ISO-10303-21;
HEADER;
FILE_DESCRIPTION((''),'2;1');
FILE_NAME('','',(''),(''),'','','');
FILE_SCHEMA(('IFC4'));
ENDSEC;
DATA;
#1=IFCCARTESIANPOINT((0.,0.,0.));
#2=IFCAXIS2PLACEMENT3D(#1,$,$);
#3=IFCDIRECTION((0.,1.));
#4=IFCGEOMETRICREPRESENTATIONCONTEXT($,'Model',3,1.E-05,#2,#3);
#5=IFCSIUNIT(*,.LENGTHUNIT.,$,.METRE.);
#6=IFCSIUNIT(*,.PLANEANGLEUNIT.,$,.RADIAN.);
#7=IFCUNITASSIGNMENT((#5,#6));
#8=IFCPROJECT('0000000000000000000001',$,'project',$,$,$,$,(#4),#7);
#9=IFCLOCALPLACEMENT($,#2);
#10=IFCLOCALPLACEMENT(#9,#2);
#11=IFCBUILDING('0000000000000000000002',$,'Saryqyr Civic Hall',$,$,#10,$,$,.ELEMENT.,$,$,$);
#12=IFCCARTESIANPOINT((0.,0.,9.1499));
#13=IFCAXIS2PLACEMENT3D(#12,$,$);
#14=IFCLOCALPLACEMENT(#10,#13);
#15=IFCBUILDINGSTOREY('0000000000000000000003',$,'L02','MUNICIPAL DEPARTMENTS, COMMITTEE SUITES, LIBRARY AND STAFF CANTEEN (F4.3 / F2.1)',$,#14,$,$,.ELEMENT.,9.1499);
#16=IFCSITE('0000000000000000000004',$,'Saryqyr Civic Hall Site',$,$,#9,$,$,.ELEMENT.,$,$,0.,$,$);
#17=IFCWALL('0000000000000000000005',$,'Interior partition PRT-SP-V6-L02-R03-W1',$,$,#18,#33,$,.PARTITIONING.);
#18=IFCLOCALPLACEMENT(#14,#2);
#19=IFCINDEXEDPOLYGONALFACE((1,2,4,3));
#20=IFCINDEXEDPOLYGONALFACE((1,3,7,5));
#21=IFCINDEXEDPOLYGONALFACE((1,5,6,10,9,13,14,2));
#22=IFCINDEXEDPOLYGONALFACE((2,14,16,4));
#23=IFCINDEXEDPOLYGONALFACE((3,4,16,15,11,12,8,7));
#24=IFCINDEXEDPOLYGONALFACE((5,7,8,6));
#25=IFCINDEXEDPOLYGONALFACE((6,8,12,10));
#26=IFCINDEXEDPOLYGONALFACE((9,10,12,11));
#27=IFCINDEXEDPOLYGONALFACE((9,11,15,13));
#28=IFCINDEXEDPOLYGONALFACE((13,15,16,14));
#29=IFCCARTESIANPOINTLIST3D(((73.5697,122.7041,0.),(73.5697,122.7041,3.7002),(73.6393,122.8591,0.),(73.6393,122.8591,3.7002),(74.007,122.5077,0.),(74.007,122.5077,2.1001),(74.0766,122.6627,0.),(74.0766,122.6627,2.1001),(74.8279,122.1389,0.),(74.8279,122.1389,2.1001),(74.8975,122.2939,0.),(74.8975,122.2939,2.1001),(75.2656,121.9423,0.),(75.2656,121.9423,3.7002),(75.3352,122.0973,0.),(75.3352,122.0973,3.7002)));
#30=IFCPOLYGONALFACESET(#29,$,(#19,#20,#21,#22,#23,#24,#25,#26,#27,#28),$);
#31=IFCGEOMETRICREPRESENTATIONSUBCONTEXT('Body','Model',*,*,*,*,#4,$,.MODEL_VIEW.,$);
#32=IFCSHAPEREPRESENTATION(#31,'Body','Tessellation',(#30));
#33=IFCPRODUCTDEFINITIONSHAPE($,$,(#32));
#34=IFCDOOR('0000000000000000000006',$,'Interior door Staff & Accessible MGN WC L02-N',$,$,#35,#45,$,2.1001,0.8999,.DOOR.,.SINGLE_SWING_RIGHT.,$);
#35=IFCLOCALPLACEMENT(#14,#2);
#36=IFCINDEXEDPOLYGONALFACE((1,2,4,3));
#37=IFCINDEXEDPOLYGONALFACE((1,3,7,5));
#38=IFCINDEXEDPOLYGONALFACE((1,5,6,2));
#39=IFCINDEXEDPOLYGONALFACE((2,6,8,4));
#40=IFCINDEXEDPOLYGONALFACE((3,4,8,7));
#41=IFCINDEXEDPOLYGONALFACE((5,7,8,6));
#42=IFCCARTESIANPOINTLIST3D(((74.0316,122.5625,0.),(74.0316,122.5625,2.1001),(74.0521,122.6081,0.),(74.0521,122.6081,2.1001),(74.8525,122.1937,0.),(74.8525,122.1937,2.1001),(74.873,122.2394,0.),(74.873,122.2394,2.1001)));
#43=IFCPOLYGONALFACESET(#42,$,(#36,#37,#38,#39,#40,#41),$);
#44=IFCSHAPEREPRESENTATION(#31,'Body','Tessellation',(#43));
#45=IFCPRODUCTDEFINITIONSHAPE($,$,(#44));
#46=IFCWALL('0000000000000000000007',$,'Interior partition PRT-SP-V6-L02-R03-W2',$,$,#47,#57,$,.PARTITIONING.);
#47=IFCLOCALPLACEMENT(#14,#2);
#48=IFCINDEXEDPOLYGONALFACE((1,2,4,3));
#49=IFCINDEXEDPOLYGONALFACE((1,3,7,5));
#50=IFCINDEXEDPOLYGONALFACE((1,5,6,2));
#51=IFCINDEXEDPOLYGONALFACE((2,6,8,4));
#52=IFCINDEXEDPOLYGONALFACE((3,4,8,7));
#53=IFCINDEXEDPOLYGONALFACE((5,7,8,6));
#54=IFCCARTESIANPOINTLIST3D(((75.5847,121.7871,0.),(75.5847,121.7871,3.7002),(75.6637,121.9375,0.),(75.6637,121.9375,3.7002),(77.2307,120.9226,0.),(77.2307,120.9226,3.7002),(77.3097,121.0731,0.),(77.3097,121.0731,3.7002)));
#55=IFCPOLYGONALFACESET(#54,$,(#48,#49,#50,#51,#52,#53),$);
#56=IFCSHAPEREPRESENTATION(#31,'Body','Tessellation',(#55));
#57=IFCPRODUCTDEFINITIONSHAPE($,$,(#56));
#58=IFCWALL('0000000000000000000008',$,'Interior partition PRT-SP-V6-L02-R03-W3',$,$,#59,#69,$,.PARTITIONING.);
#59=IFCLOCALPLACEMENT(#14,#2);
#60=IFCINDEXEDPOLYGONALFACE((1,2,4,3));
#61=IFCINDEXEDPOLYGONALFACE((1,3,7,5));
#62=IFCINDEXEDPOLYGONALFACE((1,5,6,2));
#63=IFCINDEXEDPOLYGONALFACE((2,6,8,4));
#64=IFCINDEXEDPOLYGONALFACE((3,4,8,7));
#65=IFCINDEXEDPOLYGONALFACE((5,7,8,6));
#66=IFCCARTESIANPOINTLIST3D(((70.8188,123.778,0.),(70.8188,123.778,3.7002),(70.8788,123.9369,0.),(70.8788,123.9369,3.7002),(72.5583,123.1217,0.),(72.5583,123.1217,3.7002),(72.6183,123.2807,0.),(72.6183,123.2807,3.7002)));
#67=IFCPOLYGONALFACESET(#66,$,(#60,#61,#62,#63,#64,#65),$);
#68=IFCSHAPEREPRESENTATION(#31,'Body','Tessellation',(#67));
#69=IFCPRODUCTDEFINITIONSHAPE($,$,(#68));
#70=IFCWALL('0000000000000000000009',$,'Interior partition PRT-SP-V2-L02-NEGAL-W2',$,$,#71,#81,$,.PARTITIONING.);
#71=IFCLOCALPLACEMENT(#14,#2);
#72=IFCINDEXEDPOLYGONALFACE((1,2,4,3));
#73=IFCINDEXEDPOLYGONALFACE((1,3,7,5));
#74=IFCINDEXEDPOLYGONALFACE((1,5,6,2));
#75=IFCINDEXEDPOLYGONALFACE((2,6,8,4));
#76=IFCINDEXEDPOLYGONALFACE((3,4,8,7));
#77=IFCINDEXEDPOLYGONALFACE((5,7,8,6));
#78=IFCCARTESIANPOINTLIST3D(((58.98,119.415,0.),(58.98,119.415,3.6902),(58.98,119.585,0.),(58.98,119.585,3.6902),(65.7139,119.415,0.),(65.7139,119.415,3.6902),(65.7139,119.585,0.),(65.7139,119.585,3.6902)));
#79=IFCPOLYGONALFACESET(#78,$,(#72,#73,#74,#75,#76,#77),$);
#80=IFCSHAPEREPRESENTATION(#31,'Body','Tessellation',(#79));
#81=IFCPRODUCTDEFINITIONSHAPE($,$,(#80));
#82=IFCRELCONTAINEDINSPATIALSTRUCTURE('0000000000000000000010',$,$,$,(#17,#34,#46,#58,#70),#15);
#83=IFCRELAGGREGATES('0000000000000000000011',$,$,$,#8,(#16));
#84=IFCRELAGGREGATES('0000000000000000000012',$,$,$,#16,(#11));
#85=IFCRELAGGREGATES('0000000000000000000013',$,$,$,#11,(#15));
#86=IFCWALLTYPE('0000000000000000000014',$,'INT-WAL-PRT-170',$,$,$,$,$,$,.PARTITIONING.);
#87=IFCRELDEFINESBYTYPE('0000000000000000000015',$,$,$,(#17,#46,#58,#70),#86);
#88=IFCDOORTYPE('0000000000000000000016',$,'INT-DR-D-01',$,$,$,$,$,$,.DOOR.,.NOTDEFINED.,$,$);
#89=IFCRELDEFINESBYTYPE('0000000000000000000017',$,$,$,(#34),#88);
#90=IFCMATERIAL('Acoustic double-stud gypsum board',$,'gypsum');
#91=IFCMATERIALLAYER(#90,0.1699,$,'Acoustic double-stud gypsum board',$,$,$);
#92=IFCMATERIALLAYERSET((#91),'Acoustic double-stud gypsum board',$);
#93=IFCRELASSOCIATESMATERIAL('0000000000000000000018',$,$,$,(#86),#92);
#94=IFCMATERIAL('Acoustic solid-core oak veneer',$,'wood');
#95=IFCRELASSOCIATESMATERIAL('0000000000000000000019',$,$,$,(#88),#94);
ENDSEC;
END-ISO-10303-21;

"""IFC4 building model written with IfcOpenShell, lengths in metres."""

from ifc_helpers import new_model, si_unit, direction, frame, frame_2d, origin, place, context, subcontext, project, spatial, rectangle, extrude, material, layer, layer_set, type_object, element, fill, save


model = new_model("IFC4")

# Units and contexts
model_context = context("Model", 3, precision=1e-05, world=origin(), true_north=direction((0.0, 1.0)))
body_context = subcontext(model_context, "Body", "Model", "MODEL_VIEW")
ifc_project = project(units=[si_unit("LENGTHUNIT", "METRE"), si_unit("PLANEANGLEUNIT", "RADIAN")], contexts=[model_context])

# Site, building, storey
site_placement = place(None, origin())
site = spatial("IfcSite", under=ifc_project, at=site_placement, Name="Saryqyr Civic Hall Site", CompositionType="ELEMENT", RefElevation=0.0)
building_placement = place(site_placement, origin())
building = spatial("IfcBuilding", under=site, at=building_placement, Name="Saryqyr Civic Hall", CompositionType="ELEMENT")
storey_placement = place(building_placement, frame((0.0, 0.0, 9.1499)))
storey = spatial("IfcBuildingStorey", under=building, at=storey_placement, Name="L02", Description="MUNICIPAL DEPARTMENTS, COMMITTEE SUITES, LIBRARY AND STAFF CANTEEN (F4.3 / F2.1)", CompositionType="ELEMENT", Elevation=9.1499)

# Wall, opening, door
ifc_material_1 = material(Name="Acoustic double-stud gypsum board", Category="gypsum")
ifc_layer_1 = layer(ifc_material_1, 0.1699, Name="Acoustic double-stud gypsum board")
ifc_layer_set_1 = layer_set([ifc_layer_1], Name="Acoustic double-stud gypsum board")
wall_type_1 = type_object("IfcWallType", Name="INT-WAL-PRT-170", PredefinedType="PARTITIONING", material=ifc_layer_set_1)
wall_1_placement = place(storey_placement, frame((75.3005, 122.0198, 0.0), z_axis=(0.0, 0.0, 1.0), x_axis=(-0.912201, 0.409742, 0.0)))
wall_1 = element("IfcWall", 1, at=wall_1_placement, inside=storey, type_object=wall_type_1, Name="Interior partition PRT-SP-V6-L02-R03-W1", PredefinedType="PARTITIONING", context=body_context, shape_type="SweptSolid", body=[
    extrude(rectangle(XDim=1.8591, YDim=0.1699, at=frame_2d((0.9297, 0.0))), origin(), (0.0, 0.0, 1.0), 3.7002),
])
opening_placement = place(wall_1_placement, frame((0.48, 0.0, 0.0)))
opening = element("IfcOpeningElement", 2, at=opening_placement, cuts=wall_1, PredefinedType="OPENING", context=body_context, shape_type="SweptSolid", body=[
    extrude(rectangle(XDim=0.8999, YDim=2.1001, at=frame_2d((0.45, 1.05))), frame((0.0, 0.095, 0.0), z_axis=(0.0, -1.0, 0.0), x_axis=(1.0, 0.0, 0.0)), (0.0, 0.0, 1.0), 0.1899),
])
ifc_material_2 = material(Name="Acoustic solid-core oak veneer", Category="wood")
door_type = type_object("IfcDoorType", Name="INT-DR-D-01", OperationType="NOTDEFINED", PredefinedType="DOOR", material=ifc_material_2)
door_placement = place(opening_placement, origin())
door = element("IfcDoor", 3, at=door_placement, inside=storey, type_object=door_type, Name="Interior door Staff & Accessible MGN WC L02-N", OperationType="SINGLE_SWING_RIGHT", OverallHeight=2.1001, OverallWidth=0.8999, PredefinedType="DOOR", context=body_context, shape_type="SweptSolid", body=[
    extrude(rectangle(XDim=0.8999, YDim=2.1001, at=frame_2d((0.45, 1.05))), frame((0.0, 0.0249, 0.0), z_axis=(0.0, -1.0, 0.0), x_axis=(1.0, 0.0, 0.0)), (0.0, 0.0, 1.0), 0.05),
])
fill(opening, door)

# Walls
for number, where, z_axis, x_axis, name in (
    (4, (77.2703, 120.9978, 0.0), (0.0, 0.0, 1.0), (-0.88532, 0.464983, 0.0), "Interior partition PRT-SP-V6-L02-R03-W2"),
    (5, (72.5884, 123.2012, 0.0), (0.0, 0.0, 1.0), (-0.935631, 0.352979, 0.0), "Interior partition PRT-SP-V6-L02-R03-W3"),
):
    element("IfcWall", number, at=place(storey_placement, frame(where, z_axis=z_axis, x_axis=x_axis)), inside=storey, type_object=wall_type_1, Name=name, PredefinedType="PARTITIONING", context=body_context, shape_type="SweptSolid", body=[
        extrude(rectangle(XDim=1.8591, YDim=0.1699, at=frame_2d((0.9297, 0.0))), origin(), (0.0, 0.0, 1.0), 3.7002),
    ])
wall_2_placement = place(storey_placement, frame((65.7139, 119.5, 0.0), z_axis=(0.0, 0.0, 1.0), x_axis=(-1.0, 0.0, 0.0)))
element("IfcWall", 6, at=wall_2_placement, inside=storey, type_object=wall_type_1, Name="Interior partition PRT-SP-V2-L02-NEGAL-W2", PredefinedType="PARTITIONING", context=body_context, shape_type="SweptSolid", body=[
    extrude(rectangle(XDim=6.7339, YDim=0.1699, at=frame_2d((3.3669, 0.0))), origin(), (0.0, 0.0, 1.0), 3.6902),
])

save(model, "model.ifc")
